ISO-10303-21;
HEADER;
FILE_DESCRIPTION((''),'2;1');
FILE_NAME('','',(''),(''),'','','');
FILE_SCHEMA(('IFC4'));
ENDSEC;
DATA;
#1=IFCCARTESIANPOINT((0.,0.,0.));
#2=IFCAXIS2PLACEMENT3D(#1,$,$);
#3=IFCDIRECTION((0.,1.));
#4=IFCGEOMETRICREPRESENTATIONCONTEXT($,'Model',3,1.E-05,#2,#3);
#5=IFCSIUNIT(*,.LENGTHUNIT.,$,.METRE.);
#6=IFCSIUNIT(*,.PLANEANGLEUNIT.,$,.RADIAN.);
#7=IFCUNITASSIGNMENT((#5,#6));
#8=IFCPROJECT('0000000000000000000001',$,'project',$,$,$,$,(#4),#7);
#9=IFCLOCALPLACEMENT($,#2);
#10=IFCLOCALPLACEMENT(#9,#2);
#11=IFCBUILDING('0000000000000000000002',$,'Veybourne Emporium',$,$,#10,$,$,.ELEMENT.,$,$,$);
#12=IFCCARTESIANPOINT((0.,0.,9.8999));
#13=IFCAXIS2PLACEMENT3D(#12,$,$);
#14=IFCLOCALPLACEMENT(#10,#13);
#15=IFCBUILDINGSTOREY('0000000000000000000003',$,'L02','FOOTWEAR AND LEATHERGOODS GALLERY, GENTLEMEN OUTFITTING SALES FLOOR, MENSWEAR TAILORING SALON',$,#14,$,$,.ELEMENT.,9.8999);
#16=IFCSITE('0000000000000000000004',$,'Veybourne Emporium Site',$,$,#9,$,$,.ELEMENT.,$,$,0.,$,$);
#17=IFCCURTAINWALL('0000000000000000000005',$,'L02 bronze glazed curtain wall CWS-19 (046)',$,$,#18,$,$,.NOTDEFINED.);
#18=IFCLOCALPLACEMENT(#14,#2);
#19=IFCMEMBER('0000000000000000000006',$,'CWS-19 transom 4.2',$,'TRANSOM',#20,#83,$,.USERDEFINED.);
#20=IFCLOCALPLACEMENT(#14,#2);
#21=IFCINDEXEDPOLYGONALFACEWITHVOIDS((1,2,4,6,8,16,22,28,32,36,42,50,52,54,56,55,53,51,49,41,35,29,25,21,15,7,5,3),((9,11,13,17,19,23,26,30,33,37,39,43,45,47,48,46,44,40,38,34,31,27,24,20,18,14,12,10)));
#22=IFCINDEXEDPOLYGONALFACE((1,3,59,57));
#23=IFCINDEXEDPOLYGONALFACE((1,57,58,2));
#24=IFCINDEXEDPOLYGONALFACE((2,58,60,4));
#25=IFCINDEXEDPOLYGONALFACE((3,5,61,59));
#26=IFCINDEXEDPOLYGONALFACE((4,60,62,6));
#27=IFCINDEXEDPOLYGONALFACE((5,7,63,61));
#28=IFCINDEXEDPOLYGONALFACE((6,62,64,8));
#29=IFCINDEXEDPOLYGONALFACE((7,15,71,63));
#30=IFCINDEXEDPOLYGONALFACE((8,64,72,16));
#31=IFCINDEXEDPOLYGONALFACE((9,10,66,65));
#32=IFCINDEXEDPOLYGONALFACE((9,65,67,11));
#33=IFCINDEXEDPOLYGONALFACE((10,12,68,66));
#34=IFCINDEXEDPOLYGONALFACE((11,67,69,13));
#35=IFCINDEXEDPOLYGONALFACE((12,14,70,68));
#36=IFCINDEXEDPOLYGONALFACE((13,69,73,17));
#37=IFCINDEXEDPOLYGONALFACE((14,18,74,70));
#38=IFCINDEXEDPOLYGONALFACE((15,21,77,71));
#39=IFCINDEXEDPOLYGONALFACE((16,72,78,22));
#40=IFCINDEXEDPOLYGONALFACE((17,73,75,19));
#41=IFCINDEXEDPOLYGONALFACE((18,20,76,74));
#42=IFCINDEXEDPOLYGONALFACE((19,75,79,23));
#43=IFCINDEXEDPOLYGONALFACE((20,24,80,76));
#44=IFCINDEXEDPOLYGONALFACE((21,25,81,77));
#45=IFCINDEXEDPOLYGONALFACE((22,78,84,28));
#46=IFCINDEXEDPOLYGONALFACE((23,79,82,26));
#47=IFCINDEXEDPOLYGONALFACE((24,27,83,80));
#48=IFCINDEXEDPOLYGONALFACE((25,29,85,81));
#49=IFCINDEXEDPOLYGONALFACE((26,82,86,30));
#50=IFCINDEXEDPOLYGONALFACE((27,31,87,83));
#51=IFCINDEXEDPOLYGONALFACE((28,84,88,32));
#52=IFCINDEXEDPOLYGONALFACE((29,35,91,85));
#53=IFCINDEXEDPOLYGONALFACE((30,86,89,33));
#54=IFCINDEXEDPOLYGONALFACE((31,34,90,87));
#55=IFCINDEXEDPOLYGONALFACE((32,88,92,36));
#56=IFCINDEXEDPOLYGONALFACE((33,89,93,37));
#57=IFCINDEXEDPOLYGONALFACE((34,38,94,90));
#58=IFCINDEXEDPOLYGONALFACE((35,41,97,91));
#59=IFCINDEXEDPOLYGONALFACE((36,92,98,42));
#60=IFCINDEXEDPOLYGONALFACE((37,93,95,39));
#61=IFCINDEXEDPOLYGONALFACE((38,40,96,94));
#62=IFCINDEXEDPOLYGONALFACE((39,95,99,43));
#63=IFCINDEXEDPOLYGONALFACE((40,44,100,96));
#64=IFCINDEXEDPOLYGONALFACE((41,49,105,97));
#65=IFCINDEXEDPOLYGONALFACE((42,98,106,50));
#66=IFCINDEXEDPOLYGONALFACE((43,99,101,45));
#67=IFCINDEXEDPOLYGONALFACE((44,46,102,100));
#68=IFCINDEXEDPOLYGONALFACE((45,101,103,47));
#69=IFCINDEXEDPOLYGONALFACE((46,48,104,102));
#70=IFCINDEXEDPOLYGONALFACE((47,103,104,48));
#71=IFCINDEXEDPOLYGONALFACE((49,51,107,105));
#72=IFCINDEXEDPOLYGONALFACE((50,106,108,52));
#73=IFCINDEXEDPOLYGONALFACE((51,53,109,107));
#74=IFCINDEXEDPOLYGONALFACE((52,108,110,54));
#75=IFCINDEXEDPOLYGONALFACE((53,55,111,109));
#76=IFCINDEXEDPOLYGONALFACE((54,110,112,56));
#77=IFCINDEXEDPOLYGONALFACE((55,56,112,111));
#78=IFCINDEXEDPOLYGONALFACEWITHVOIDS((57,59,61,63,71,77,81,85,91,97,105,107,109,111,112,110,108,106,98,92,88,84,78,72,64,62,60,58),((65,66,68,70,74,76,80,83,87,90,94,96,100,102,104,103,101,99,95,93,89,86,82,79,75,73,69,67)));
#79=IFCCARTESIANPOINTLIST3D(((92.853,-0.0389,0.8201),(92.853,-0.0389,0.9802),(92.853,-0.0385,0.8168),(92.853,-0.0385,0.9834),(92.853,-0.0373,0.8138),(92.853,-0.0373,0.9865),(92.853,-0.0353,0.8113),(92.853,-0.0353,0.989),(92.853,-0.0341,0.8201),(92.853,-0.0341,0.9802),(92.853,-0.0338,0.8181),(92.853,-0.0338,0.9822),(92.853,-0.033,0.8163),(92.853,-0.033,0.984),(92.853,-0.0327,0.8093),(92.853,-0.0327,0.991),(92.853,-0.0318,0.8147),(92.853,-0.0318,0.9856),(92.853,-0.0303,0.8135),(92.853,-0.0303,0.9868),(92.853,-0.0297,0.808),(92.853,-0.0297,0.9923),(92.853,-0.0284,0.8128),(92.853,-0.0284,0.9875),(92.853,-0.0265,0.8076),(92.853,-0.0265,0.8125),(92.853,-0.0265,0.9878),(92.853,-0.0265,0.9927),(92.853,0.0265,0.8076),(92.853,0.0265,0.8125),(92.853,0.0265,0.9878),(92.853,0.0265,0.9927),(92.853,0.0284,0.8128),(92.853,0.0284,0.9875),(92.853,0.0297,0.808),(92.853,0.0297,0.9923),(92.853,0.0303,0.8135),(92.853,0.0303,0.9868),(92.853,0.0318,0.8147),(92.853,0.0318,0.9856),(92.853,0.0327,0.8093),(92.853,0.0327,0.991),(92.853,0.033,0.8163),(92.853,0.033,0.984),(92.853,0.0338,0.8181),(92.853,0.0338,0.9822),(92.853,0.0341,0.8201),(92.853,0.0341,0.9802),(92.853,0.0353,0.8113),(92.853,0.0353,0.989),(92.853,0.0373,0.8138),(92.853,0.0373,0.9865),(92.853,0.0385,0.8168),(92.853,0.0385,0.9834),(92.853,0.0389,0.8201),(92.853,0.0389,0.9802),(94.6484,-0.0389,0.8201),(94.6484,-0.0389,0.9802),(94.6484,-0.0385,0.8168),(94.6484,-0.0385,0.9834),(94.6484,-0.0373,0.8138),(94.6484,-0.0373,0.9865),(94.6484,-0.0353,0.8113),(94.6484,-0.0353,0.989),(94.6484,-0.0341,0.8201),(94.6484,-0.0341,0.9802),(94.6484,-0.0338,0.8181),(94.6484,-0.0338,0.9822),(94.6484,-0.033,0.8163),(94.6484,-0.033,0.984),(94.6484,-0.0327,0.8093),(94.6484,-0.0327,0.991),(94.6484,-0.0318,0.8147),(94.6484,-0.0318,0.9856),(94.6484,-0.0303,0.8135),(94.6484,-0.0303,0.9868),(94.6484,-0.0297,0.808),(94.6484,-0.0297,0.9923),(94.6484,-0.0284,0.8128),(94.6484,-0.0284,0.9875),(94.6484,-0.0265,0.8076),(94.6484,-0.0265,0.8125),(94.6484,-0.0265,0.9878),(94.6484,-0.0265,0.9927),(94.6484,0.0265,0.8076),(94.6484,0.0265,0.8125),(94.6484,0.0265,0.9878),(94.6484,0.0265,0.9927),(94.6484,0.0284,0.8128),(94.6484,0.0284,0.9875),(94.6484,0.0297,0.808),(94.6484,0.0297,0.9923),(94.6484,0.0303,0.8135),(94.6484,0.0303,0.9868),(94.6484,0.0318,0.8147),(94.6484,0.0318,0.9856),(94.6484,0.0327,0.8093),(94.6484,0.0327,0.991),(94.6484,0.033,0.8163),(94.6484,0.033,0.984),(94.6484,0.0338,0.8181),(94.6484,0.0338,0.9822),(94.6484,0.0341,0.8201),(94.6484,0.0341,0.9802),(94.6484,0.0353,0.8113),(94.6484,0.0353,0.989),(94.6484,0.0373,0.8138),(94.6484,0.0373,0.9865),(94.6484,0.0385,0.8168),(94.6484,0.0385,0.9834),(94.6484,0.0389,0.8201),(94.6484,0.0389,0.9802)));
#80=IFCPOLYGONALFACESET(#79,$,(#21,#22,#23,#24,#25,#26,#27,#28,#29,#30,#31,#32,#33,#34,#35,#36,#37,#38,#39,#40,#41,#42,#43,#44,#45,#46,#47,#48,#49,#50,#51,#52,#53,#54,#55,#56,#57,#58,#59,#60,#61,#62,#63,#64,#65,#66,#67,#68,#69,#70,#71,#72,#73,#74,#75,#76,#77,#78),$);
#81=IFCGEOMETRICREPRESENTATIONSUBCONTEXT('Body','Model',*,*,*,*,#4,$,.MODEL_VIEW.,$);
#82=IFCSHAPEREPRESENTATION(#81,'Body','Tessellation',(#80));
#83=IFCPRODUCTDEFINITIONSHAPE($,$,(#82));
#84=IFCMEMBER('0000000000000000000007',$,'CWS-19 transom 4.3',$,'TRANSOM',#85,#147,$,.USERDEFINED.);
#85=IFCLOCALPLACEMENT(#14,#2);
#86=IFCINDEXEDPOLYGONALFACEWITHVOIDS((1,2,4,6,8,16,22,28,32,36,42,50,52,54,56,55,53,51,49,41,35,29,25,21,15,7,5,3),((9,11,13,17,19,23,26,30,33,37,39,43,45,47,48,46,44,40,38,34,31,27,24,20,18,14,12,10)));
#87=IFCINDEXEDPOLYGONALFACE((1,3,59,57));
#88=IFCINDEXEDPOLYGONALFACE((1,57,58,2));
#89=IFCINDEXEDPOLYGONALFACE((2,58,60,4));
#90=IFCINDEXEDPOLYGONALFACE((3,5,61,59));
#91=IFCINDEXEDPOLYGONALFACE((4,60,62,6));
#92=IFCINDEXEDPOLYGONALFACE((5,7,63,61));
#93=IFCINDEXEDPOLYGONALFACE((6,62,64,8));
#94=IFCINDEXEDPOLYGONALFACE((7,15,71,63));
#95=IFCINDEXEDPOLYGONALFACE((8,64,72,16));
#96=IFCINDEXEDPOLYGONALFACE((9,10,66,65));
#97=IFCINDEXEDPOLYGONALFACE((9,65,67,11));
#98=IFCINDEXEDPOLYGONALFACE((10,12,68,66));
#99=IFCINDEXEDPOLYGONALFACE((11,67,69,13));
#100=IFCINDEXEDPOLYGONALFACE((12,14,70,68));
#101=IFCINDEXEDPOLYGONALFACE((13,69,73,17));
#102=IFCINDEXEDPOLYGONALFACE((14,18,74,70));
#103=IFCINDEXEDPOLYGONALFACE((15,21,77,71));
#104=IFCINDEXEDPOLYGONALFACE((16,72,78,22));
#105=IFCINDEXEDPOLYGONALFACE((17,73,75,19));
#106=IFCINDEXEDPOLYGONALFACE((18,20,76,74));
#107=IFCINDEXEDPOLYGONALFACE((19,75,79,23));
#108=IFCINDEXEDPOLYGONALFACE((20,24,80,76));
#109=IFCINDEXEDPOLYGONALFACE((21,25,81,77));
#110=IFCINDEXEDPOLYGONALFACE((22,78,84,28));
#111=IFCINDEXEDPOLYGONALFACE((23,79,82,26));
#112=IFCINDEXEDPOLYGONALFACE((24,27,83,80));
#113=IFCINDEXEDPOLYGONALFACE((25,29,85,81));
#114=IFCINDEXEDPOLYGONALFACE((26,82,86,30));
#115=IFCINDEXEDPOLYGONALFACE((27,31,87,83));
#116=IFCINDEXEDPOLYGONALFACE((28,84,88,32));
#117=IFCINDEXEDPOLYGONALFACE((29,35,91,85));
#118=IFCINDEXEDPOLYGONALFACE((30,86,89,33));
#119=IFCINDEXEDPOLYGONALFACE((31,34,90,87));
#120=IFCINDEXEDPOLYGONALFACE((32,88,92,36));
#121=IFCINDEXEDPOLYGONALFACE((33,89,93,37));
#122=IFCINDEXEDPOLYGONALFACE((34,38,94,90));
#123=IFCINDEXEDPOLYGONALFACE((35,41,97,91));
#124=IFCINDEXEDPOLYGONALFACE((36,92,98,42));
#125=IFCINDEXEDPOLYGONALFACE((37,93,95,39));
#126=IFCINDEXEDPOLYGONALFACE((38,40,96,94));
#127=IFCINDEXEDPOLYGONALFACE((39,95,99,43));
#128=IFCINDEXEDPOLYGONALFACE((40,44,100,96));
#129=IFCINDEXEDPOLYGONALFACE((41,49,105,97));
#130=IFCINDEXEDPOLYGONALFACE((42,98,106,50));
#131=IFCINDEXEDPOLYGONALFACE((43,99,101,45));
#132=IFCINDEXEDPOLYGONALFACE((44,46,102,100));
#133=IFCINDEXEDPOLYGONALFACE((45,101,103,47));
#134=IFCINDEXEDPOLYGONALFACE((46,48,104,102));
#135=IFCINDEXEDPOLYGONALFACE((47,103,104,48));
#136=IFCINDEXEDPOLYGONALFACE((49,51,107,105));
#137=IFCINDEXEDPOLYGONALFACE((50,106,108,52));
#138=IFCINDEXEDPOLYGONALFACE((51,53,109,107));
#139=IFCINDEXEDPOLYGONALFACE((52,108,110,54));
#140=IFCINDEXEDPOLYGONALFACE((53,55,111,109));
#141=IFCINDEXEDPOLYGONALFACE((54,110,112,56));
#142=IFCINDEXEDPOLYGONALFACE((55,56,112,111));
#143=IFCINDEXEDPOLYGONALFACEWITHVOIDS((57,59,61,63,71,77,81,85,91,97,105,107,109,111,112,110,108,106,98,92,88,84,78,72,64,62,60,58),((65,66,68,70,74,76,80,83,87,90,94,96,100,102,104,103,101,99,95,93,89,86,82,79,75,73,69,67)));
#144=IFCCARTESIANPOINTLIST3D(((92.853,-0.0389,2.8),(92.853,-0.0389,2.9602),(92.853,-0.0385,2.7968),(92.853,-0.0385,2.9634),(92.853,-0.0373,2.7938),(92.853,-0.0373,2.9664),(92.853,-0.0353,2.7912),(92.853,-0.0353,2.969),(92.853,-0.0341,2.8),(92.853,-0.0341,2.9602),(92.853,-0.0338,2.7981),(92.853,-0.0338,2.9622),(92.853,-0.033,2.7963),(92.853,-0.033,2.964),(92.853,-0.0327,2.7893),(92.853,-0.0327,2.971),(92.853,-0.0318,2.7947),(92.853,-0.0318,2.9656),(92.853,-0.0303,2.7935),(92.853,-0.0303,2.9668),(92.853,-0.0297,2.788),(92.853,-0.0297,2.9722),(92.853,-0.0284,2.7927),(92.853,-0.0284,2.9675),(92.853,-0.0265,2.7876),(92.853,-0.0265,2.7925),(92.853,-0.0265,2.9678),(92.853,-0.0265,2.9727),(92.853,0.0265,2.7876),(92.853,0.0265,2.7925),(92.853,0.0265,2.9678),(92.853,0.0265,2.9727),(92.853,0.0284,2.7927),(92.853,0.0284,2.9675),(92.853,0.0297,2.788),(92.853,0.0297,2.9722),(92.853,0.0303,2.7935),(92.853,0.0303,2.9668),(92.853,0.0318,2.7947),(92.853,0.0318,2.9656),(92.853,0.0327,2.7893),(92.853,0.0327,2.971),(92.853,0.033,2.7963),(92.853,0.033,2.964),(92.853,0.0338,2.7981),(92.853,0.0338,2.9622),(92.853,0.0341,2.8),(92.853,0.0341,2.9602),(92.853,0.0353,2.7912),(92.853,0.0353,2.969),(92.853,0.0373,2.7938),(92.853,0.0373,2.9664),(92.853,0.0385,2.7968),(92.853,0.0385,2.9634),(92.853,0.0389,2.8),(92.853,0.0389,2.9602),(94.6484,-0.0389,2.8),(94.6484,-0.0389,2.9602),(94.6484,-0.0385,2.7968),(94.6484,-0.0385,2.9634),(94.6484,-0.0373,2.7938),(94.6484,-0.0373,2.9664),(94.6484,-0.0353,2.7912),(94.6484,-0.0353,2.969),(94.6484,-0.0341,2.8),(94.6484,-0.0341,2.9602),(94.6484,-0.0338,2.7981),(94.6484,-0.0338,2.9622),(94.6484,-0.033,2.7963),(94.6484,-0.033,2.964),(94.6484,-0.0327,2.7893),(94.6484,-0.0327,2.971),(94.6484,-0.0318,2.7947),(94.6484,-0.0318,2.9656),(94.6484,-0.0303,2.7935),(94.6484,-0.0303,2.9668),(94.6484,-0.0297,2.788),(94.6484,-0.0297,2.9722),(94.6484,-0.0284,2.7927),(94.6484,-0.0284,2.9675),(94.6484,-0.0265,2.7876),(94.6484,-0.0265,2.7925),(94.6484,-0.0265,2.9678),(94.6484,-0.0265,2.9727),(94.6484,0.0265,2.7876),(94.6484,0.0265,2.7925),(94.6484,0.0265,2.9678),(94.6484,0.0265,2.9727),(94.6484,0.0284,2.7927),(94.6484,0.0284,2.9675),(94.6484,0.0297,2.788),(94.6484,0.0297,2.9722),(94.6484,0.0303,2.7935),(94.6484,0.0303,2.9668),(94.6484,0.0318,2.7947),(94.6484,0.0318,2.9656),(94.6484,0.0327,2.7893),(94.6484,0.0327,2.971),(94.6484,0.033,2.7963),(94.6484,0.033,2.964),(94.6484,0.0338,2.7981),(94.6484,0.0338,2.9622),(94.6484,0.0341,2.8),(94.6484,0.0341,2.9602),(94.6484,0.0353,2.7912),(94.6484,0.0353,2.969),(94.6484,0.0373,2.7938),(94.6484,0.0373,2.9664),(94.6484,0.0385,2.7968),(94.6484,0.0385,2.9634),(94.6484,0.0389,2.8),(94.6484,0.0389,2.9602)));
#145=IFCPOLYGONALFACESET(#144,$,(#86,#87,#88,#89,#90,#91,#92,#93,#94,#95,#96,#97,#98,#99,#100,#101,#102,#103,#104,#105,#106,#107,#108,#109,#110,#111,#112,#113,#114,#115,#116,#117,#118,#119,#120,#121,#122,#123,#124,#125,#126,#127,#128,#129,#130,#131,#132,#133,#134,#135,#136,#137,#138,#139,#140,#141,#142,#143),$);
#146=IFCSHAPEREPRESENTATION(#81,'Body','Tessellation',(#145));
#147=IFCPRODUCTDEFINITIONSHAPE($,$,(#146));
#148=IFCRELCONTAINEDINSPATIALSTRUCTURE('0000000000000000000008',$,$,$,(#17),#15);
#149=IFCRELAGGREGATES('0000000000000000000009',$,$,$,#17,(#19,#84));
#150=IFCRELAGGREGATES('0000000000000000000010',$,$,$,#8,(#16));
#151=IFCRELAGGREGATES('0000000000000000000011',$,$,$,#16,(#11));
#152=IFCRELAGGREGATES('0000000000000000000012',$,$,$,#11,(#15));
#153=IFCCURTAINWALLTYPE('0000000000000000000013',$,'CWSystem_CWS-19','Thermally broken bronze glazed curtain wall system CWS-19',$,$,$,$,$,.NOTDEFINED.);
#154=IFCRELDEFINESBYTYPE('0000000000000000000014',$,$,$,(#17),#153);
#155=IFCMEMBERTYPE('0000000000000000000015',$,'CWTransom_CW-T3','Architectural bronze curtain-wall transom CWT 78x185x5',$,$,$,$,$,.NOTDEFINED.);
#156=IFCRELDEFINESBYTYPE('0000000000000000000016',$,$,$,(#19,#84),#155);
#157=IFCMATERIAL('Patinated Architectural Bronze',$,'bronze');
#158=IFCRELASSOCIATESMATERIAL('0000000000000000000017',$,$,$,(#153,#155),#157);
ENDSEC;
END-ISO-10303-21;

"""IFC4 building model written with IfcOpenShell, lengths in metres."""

from ifc_helpers import new_model, si_unit, direction, frame, origin, origin_2d, place, context, subcontext, project, spatial, hollow_rectangle, extrude, material, material_profile, profile_set, type_object, element, aggregate, save


model = new_model("IFC4")

# Units and contexts
model_context = context("Model", 3, precision=1e-05, world=origin(), true_north=direction((0.0, 1.0)))
body_context = subcontext(model_context, "Body", "Model", "MODEL_VIEW")
ifc_project = project(units=[si_unit("LENGTHUNIT", "METRE"), si_unit("PLANEANGLEUNIT", "RADIAN")], contexts=[model_context])

# Site, building, storey
site_placement = place(None, origin())
site = spatial("IfcSite", under=ifc_project, at=site_placement, Name="Veybourne Emporium Site", CompositionType="ELEMENT", RefElevation=0.0)
building_placement = place(site_placement, origin())
building = spatial("IfcBuilding", under=site, at=building_placement, Name="Veybourne Emporium", CompositionType="ELEMENT")
storey_placement = place(building_placement, frame((0.0, 0.0, 9.8999)))
storey = spatial("IfcBuildingStorey", under=building, at=storey_placement, Name="L02", Description="FOOTWEAR AND LEATHERGOODS GALLERY, GENTLEMEN OUTFITTING SALES FLOOR, MENSWEAR TAILORING SALON", CompositionType="ELEMENT", Elevation=9.8999)

# Curtain wall, members
ifc_material_1 = material(Name="Patinated Architectural Bronze", Category="bronze")
curtain_wall_type = type_object("IfcCurtainWallType", Name="CWSystem_CWS-19", Description="Thermally broken bronze glazed curtain wall system CWS-19", PredefinedType="NOTDEFINED", material=ifc_material_1)
curtain_wall_placement = place(storey_placement, origin())
curtain_wall = element("IfcCurtainWall", 1, at=curtain_wall_placement, inside=storey, type_object=curtain_wall_type, Name="L02 bronze glazed curtain wall CWS-19 (046)", PredefinedType="NOTDEFINED")
ifc_material_profile_1 = material_profile(ifc_material_1, hollow_rectangle(XDim=0.0779, YDim=0.1851, WallThickness=0.0049, InnerFilletRadius=0.0076, OuterFilletRadius=0.0125, at=origin_2d()), Name="CWT 78x185x5")
ifc_profile_set_1 = profile_set([ifc_material_profile_1], Name="Patinated Architectural Bronze")
member_type_1 = type_object("IfcMemberType", Name="CWTransom_CW-T3", Description="Architectural bronze curtain-wall transom CWT 78x185x5", PredefinedType="NOTDEFINED", material=ifc_profile_set_1)
member_1_placement = place(storey_placement, frame((94.6484, 0.0, 0.9001), z_axis=(-1.0, 0.0, 0.0), x_axis=(0.0, -1.0, 0.0)))
member_1 = element("IfcMember", 2, at=member_1_placement, type_object=member_type_1, Name="CWS-19 transom 4.2", ObjectType="TRANSOM", PredefinedType="USERDEFINED", context=body_context, shape_type="SweptSolid", body=[
    extrude(hollow_rectangle(XDim=0.0779, YDim=0.1851, WallThickness=0.0049, InnerFilletRadius=0.0076, OuterFilletRadius=0.0125, at=origin_2d()), origin(), (0.0, 0.0, 1.0), 1.7954),
])
member_2_placement = place(storey_placement, frame((94.6484, 0.0, 2.8801), z_axis=(-1.0, 0.0, 0.0), x_axis=(0.0, -1.0, 0.0)))
member_2 = element("IfcMember", 3, at=member_2_placement, type_object=member_type_1, Name="CWS-19 transom 4.3", ObjectType="TRANSOM", PredefinedType="USERDEFINED", context=body_context, shape_type="SweptSolid", body=[
    extrude(hollow_rectangle(XDim=0.0779, YDim=0.1851, WallThickness=0.0049, InnerFilletRadius=0.0076, OuterFilletRadius=0.0125, at=origin_2d()), origin(), (0.0, 0.0, 1.0), 1.7954),
])
aggregate(curtain_wall, [member_1, member_2])

save(model, "model.ifc")
